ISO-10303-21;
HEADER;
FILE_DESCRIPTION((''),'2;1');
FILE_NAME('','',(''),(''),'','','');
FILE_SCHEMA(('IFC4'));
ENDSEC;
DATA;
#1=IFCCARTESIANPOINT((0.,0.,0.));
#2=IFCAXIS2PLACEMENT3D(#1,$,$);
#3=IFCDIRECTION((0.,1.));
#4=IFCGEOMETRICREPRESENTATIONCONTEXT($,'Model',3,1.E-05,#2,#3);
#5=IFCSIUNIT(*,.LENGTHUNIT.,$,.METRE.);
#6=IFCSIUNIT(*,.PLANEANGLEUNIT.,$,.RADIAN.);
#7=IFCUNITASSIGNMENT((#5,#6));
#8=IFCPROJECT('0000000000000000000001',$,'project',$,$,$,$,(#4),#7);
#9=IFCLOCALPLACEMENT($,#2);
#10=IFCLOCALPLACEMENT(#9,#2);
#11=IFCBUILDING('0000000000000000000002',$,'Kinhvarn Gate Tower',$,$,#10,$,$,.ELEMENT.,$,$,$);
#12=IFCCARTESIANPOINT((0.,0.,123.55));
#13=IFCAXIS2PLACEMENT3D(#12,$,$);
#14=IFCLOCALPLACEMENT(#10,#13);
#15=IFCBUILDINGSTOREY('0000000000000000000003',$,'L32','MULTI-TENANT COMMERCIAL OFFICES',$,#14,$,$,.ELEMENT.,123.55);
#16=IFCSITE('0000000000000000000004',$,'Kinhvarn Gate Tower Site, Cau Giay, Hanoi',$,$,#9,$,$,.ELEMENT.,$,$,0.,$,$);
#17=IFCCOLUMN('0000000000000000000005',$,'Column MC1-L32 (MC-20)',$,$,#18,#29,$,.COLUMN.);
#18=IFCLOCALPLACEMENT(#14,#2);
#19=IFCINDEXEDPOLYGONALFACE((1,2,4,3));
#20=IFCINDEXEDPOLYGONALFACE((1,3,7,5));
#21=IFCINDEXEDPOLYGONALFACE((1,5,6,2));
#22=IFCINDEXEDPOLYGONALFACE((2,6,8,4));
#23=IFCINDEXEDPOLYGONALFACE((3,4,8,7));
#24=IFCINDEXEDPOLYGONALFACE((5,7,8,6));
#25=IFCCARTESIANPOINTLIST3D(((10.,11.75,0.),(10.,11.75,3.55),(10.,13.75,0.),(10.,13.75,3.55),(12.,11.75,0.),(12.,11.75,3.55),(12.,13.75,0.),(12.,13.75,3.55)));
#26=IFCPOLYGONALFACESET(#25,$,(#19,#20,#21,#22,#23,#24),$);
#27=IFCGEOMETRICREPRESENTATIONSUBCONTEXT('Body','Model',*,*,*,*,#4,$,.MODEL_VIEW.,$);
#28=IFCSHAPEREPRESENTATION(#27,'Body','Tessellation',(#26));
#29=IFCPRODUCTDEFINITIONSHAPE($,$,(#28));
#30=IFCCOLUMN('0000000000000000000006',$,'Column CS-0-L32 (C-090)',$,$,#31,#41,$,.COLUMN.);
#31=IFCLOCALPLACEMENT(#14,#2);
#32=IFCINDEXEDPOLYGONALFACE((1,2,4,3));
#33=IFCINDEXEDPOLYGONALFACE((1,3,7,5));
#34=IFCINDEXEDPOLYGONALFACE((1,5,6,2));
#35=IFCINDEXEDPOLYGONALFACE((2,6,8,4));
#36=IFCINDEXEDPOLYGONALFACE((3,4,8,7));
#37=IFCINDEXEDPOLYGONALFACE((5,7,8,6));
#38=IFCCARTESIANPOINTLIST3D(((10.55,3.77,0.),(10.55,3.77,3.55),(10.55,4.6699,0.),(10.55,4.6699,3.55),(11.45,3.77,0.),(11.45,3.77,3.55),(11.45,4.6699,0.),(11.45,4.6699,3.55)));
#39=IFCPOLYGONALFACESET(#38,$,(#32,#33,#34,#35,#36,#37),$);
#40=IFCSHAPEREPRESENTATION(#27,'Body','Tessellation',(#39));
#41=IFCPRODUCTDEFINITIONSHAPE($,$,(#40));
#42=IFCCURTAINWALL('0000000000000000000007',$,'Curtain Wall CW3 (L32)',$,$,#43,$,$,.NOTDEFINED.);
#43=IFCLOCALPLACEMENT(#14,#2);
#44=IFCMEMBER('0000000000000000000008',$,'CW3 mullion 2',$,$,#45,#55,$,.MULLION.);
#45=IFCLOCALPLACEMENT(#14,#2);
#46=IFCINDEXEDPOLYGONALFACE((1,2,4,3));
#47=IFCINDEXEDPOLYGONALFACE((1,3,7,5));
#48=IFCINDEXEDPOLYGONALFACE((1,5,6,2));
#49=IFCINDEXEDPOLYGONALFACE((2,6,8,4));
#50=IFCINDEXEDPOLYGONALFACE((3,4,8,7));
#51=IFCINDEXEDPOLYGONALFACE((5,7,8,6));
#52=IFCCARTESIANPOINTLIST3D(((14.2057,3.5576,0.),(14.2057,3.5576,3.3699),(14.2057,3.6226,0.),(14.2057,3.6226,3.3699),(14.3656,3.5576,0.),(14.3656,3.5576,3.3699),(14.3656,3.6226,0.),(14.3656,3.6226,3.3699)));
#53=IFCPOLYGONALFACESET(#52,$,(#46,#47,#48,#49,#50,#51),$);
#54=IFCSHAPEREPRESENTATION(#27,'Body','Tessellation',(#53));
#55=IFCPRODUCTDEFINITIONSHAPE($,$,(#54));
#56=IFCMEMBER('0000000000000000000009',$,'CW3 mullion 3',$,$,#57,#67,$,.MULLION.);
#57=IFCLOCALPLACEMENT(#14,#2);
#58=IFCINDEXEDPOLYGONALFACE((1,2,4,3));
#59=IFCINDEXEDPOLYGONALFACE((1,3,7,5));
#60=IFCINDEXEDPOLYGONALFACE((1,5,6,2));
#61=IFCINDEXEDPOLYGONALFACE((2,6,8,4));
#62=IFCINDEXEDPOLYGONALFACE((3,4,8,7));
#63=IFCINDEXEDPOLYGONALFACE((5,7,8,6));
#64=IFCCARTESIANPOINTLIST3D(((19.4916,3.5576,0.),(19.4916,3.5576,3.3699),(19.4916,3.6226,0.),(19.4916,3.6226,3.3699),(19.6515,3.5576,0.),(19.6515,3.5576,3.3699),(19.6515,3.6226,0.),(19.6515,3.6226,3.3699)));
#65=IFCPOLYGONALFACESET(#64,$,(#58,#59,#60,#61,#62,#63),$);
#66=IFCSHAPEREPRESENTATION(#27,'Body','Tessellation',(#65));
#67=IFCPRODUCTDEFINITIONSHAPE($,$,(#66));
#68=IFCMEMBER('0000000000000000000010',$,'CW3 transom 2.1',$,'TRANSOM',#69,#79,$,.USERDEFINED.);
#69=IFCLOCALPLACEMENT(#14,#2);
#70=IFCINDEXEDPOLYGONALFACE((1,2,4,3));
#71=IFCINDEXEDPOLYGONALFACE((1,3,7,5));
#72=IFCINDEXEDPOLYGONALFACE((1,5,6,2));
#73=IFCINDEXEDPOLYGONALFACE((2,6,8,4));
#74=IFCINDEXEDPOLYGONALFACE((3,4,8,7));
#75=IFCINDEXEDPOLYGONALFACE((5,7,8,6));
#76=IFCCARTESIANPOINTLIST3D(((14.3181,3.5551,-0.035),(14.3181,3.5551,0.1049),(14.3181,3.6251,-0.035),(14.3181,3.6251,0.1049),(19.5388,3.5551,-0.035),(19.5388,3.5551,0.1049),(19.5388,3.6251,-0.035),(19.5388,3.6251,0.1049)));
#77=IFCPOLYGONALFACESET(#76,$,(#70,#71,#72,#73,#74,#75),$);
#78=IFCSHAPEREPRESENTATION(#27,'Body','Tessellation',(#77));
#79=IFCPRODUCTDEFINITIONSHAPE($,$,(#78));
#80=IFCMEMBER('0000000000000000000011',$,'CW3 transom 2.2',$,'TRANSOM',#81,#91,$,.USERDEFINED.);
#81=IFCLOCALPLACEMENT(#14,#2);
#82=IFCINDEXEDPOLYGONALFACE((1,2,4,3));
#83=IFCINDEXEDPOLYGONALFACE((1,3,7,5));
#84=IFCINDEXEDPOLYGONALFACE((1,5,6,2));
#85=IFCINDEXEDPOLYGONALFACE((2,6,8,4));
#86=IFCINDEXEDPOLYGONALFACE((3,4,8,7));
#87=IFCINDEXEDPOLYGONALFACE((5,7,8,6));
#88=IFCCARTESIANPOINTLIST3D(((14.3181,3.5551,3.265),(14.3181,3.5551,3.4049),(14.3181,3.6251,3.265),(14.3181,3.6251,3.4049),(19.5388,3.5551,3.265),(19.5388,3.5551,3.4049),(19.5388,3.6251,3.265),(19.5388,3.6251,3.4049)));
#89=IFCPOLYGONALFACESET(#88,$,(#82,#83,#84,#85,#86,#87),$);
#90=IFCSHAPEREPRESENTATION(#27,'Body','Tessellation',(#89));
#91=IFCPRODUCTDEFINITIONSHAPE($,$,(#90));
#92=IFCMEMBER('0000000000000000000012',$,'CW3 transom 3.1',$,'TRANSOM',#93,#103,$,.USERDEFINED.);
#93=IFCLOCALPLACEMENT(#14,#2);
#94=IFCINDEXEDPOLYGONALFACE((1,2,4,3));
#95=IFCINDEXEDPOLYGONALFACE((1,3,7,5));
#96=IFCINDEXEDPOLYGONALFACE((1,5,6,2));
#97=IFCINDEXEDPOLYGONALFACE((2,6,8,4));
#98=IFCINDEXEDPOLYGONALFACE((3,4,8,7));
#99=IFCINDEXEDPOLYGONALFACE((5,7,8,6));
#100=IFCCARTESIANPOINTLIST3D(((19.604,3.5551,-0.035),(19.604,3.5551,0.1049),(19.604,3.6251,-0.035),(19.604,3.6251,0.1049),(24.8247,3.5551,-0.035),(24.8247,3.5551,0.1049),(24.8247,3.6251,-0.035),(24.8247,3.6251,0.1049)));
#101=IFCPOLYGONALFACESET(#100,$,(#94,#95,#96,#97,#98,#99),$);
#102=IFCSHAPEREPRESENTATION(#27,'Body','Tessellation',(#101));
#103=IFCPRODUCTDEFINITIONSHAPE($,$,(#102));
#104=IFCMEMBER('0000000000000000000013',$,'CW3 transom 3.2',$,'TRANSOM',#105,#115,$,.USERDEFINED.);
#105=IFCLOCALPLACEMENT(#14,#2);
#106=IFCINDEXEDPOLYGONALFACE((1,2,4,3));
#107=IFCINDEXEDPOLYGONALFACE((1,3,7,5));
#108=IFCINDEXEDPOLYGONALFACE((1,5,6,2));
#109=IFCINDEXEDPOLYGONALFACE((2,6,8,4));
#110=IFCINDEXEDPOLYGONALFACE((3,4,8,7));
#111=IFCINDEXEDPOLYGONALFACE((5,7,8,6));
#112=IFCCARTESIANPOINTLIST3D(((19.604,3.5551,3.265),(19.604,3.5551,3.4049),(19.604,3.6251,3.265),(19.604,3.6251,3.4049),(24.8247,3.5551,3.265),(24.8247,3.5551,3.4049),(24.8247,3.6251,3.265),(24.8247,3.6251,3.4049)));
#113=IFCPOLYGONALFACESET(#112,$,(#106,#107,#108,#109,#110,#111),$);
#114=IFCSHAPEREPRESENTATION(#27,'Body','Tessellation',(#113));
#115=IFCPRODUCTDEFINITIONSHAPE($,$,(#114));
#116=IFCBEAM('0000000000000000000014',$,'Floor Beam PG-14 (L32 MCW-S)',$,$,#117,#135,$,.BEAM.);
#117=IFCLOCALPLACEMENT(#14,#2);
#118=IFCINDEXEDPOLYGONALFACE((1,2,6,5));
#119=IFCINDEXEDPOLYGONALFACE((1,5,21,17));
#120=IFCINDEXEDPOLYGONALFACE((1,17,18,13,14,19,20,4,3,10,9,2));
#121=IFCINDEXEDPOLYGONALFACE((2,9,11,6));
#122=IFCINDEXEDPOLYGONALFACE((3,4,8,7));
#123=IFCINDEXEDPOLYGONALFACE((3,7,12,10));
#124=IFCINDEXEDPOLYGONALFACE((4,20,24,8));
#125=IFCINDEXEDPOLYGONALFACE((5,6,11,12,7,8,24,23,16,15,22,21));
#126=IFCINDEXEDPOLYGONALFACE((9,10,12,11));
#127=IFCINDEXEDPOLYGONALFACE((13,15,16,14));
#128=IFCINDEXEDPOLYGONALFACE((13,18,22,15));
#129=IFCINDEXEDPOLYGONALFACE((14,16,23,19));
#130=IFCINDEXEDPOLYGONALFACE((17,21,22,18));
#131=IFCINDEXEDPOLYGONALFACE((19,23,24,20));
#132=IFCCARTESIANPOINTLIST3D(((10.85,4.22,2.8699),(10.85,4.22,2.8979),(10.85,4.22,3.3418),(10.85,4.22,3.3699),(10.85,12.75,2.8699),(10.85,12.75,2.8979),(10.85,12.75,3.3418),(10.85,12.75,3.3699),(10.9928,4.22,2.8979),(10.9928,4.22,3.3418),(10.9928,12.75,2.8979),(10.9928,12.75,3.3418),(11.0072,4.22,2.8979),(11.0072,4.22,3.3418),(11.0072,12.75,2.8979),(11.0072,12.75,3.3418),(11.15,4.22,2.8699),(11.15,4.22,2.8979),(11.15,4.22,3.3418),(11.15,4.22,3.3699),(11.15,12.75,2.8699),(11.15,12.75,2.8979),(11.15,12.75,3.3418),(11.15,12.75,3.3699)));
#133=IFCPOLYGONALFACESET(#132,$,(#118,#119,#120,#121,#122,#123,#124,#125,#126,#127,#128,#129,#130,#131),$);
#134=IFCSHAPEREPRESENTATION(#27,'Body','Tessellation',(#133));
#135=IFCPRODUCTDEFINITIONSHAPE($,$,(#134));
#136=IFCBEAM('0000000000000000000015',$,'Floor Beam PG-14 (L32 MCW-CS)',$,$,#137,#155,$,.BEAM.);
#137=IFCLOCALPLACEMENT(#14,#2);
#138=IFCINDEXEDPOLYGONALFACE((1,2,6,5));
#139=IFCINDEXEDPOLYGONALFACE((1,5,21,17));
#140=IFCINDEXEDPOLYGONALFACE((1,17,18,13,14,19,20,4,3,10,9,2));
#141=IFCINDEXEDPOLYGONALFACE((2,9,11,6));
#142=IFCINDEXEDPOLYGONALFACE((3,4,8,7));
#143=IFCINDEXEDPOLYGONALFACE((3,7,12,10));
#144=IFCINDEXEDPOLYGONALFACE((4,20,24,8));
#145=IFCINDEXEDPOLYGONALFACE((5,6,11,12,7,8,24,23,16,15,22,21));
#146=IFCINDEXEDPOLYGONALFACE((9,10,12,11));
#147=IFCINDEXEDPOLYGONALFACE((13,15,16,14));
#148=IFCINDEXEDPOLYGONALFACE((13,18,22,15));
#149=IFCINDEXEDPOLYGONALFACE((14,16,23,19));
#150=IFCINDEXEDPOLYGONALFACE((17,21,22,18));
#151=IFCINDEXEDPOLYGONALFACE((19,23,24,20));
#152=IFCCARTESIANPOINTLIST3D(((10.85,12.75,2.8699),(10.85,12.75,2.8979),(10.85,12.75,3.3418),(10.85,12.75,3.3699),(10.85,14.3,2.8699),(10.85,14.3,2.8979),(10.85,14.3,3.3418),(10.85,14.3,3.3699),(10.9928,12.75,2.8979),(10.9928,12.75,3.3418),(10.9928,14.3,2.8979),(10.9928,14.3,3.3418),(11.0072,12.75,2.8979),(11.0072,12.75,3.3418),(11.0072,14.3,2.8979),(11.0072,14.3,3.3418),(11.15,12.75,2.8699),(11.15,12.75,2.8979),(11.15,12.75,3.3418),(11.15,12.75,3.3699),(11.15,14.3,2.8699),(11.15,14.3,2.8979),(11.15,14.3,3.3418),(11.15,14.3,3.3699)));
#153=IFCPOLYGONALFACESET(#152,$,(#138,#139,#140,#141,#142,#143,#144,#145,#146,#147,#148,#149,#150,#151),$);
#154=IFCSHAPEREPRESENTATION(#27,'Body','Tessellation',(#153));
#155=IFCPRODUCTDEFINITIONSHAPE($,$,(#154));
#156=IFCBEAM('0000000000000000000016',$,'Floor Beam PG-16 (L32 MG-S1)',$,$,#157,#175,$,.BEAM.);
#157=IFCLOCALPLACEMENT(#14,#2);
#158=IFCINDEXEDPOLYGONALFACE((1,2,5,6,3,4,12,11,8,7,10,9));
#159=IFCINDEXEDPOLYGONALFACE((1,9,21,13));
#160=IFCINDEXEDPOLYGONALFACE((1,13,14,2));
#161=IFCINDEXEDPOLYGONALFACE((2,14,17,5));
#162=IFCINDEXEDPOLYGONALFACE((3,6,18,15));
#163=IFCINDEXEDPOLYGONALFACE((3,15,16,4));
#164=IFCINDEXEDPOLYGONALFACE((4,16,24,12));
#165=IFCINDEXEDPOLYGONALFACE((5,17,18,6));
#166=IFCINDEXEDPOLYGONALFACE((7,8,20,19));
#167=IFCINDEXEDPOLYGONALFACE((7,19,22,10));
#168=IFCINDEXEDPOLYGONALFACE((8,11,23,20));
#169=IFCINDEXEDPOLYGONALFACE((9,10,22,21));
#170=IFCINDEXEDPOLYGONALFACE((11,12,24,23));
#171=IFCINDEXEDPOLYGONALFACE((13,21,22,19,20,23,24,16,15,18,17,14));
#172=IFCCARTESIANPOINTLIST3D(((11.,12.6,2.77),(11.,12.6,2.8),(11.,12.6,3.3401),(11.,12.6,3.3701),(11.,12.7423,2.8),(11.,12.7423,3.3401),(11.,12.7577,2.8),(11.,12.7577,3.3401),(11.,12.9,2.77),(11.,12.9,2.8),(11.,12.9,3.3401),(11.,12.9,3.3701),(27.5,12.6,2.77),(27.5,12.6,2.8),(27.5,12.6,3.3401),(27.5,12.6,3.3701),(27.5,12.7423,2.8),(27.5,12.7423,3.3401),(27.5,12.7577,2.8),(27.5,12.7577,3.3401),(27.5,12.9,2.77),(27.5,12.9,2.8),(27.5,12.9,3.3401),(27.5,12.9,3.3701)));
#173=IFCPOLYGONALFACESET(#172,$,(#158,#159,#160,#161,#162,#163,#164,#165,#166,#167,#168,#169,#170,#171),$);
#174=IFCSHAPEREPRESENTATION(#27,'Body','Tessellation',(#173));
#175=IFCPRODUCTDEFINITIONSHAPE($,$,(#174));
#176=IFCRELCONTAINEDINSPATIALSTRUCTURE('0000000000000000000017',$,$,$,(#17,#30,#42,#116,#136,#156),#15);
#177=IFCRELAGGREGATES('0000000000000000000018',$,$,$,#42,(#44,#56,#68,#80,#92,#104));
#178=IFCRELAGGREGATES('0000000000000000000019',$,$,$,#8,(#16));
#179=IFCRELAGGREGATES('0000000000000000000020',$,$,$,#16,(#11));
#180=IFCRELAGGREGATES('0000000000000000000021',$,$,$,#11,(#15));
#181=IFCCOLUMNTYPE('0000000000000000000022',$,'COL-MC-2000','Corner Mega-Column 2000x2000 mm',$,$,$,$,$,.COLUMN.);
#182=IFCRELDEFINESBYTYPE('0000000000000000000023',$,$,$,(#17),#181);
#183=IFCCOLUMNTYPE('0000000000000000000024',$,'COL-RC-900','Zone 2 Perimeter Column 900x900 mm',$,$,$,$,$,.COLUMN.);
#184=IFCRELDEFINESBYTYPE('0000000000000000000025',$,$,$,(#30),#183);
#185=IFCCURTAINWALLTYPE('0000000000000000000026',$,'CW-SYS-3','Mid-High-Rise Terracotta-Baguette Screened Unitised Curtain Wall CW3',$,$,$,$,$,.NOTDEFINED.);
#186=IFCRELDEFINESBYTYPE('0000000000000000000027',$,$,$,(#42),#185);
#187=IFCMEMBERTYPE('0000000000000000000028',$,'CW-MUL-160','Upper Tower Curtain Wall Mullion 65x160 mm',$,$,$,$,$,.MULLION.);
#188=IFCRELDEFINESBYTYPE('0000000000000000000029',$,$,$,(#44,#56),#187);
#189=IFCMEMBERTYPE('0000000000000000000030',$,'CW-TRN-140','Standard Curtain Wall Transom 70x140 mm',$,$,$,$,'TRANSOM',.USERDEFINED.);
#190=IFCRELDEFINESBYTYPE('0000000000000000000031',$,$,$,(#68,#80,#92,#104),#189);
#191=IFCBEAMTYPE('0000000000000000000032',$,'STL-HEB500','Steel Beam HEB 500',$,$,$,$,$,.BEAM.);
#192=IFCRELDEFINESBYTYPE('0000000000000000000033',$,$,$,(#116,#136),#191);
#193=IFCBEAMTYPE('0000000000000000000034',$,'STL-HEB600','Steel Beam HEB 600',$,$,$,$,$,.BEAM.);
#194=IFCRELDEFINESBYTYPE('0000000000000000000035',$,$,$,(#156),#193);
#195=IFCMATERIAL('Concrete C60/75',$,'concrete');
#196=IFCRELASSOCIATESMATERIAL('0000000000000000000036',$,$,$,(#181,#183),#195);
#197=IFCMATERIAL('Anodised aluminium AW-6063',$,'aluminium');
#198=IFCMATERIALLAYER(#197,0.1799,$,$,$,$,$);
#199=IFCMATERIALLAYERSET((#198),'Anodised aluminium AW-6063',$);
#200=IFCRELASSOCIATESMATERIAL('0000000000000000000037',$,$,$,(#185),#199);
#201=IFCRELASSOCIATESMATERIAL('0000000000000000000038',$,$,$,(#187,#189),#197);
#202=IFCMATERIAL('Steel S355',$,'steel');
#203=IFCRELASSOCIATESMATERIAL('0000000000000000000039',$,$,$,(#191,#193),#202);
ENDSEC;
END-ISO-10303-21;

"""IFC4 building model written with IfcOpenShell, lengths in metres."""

from ifc_helpers import new_model, si_unit, direction, frame, origin, origin_2d, place, context, subcontext, project, spatial, rectangle, i_section, extrude, material, layer, layer_set, material_profile, profile_set, type_object, element, aggregate, save


model = new_model("IFC4")

# Units and contexts
model_context = context("Model", 3, precision=1e-05, world=origin(), true_north=direction((0.0, 1.0)))
body_context = subcontext(model_context, "Body", "Model", "MODEL_VIEW")
ifc_project = project(units=[si_unit("LENGTHUNIT", "METRE"), si_unit("PLANEANGLEUNIT", "RADIAN")], contexts=[model_context])

# Site, building, storey
site_placement = place(None, origin())
site = spatial("IfcSite", under=ifc_project, at=site_placement, Name="Kinhvarn Gate Tower Site, Cau Giay, Hanoi", CompositionType="ELEMENT", RefElevation=0.0)
building_placement = place(site_placement, origin())
building = spatial("IfcBuilding", under=site, at=building_placement, Name="Kinhvarn Gate Tower", CompositionType="ELEMENT")
storey_placement = place(building_placement, frame((0.0, 0.0, 123.55)))
storey = spatial("IfcBuildingStorey", under=building, at=storey_placement, Name="L32", Description="MULTI-TENANT COMMERCIAL OFFICES", CompositionType="ELEMENT", Elevation=123.55)

# Columns
ifc_material_1 = material(Name="Concrete C60/75", Category="concrete")
ifc_material_profile_1 = material_profile(ifc_material_1, rectangle(XDim=2.0, YDim=2.0, at=origin_2d()), Name="RC 2000x2000")
ifc_profile_set_1 = profile_set([ifc_material_profile_1], Name="Concrete C60/75")
column_type_1 = type_object("IfcColumnType", Name="COL-MC-2000", Description="Corner Mega-Column 2000x2000 mm", PredefinedType="COLUMN", material=ifc_profile_set_1)
column_1_placement = place(storey_placement, frame((11.0, 12.75, 0.0), z_axis=(0.0, 0.0, 1.0), x_axis=(1.0, 0.0, 0.0)))
element("IfcColumn", 1, at=column_1_placement, inside=storey, type_object=column_type_1, Name="Column MC1-L32 (MC-20)", PredefinedType="COLUMN", context=body_context, shape_type="SweptSolid", body=[
    extrude(rectangle(XDim=2.0, YDim=2.0, at=origin_2d()), origin(), (0.0, 0.0, 1.0), 3.55),
])
ifc_material_profile_2 = material_profile(ifc_material_1, rectangle(XDim=0.8999, YDim=0.8999, at=origin_2d()), Name="RC 900x900")
ifc_profile_set_2 = profile_set([ifc_material_profile_2], Name="Concrete C60/75")
column_type_2 = type_object("IfcColumnType", Name="COL-RC-900", Description="Zone 2 Perimeter Column 900x900 mm", PredefinedType="COLUMN", material=ifc_profile_set_2)
column_2_placement = place(storey_placement, frame((11.0, 4.22, 0.0), z_axis=(0.0, 0.0, 1.0), x_axis=(1.0, 0.0, 0.0)))
element("IfcColumn", 2, at=column_2_placement, inside=storey, type_object=column_type_2, Name="Column CS-0-L32 (C-090)", PredefinedType="COLUMN", context=body_context, shape_type="SweptSolid", body=[
    extrude(rectangle(XDim=0.8999, YDim=0.8999, at=origin_2d()), origin(), (0.0, 0.0, 1.0), 3.55),
])

# Curtain wall, members
ifc_material_2 = material(Name="Anodised aluminium AW-6063", Category="aluminium")
ifc_layer_1 = layer(ifc_material_2, 0.1799)
ifc_layer_set_1 = layer_set([ifc_layer_1], Name="Anodised aluminium AW-6063")
curtain_wall_type = type_object("IfcCurtainWallType", Name="CW-SYS-3", Description="Mid-High-Rise Terracotta-Baguette Screened Unitised Curtain Wall CW3", PredefinedType="NOTDEFINED", material=ifc_layer_set_1)
curtain_wall_placement = place(storey_placement, origin())
curtain_wall = element("IfcCurtainWall", 3, at=curtain_wall_placement, inside=storey, type_object=curtain_wall_type, Name="Curtain Wall CW3 (L32)", PredefinedType="NOTDEFINED")
ifc_material_profile_3 = material_profile(ifc_material_2, rectangle(XDim=0.0649, YDim=0.1599, at=origin_2d()), Name="ALU 65x160")
ifc_profile_set_3 = profile_set([ifc_material_profile_3], Name="Anodised aluminium AW-6063")
member_type_1 = type_object("IfcMemberType", Name="CW-MUL-160", Description="Upper Tower Curtain Wall Mullion 65x160 mm", PredefinedType="MULLION", material=ifc_profile_set_3)
member_1_placement = place(storey_placement, frame((14.2856, 3.5901, 0.0), z_axis=(0.0, 0.0, 1.0), x_axis=(0.0, 1.0, 0.0)))
member_1 = element("IfcMember", 4, at=member_1_placement, type_object=member_type_1, Name="CW3 mullion 2", PredefinedType="MULLION", context=body_context, shape_type="SweptSolid", body=[
    extrude(rectangle(XDim=0.0649, YDim=0.1599, at=origin_2d()), origin(), (0.0, 0.0, 1.0), 3.3699),
])
member_2_placement = place(storey_placement, frame((19.5715, 3.5901, 0.0), z_axis=(0.0, 0.0, 1.0), x_axis=(0.0, 1.0, 0.0)))
member_2 = element("IfcMember", 5, at=member_2_placement, type_object=member_type_1, Name="CW3 mullion 3", PredefinedType="MULLION", context=body_context, shape_type="SweptSolid", body=[
    extrude(rectangle(XDim=0.0649, YDim=0.1599, at=origin_2d()), origin(), (0.0, 0.0, 1.0), 3.3699),
])
ifc_material_profile_4 = material_profile(ifc_material_2, rectangle(XDim=0.0701, YDim=0.1399, at=origin_2d()), Name="ALU 70x140")
ifc_profile_set_4 = profile_set([ifc_material_profile_4], Name="Anodised aluminium AW-6063")
member_type_2 = type_object("IfcMemberType", Name="CW-TRN-140", Description="Standard Curtain Wall Transom 70x140 mm", ElementType="TRANSOM", PredefinedType="USERDEFINED", material=ifc_profile_set_4)
member_3_placement = place(storey_placement, frame((14.3181, 3.5901, 0.0349), z_axis=(1.0, 0.0, 0.0), x_axis=(0.0, 1.0, 0.0)))
member_3 = element("IfcMember", 6, at=member_3_placement, type_object=member_type_2, Name="CW3 transom 2.1", ObjectType="TRANSOM", PredefinedType="USERDEFINED", context=body_context, shape_type="SweptSolid", body=[
    extrude(rectangle(XDim=0.0701, YDim=0.1399, at=origin_2d()), origin(), (0.0, 0.0, 1.0), 5.2207),
])
member_4_placement = place(storey_placement, frame((14.3181, 3.5901, 3.335), z_axis=(1.0, 0.0, 0.0), x_axis=(0.0, 1.0, 0.0)))
member_4 = element("IfcMember", 7, at=member_4_placement, type_object=member_type_2, Name="CW3 transom 2.2", ObjectType="TRANSOM", PredefinedType="USERDEFINED", context=body_context, shape_type="SweptSolid", body=[
    extrude(rectangle(XDim=0.0701, YDim=0.1399, at=origin_2d()), origin(), (0.0, 0.0, 1.0), 5.2207),
])
member_5_placement = place(storey_placement, frame((19.604, 3.5901, 0.0349), z_axis=(1.0, 0.0, 0.0), x_axis=(0.0, 1.0, 0.0)))
member_5 = element("IfcMember", 8, at=member_5_placement, type_object=member_type_2, Name="CW3 transom 3.1", ObjectType="TRANSOM", PredefinedType="USERDEFINED", context=body_context, shape_type="SweptSolid", body=[
    extrude(rectangle(XDim=0.0701, YDim=0.1399, at=origin_2d()), origin(), (0.0, 0.0, 1.0), 5.2207),
])
member_6_placement = place(storey_placement, frame((19.604, 3.5901, 3.335), z_axis=(1.0, 0.0, 0.0), x_axis=(0.0, 1.0, 0.0)))
member_6 = element("IfcMember", 9, at=member_6_placement, type_object=member_type_2, Name="CW3 transom 3.2", ObjectType="TRANSOM", PredefinedType="USERDEFINED", context=body_context, shape_type="SweptSolid", body=[
    extrude(rectangle(XDim=0.0701, YDim=0.1399, at=origin_2d()), origin(), (0.0, 0.0, 1.0), 5.2207),
])

# Beams
ifc_material_3 = material(Name="Steel S355", Category="steel")
ifc_material_profile_5 = material_profile(ifc_material_3, i_section(OverallWidth=0.3, OverallDepth=0.5, WebThickness=0.0144, FlangeThickness=0.0281, at=origin_2d()), Name="HEB 500")
ifc_profile_set_5 = profile_set([ifc_material_profile_5], Name="Steel S355")
beam_type_1 = type_object("IfcBeamType", Name="STL-HEB500", Description="Steel Beam HEB 500", PredefinedType="BEAM", material=ifc_profile_set_5)
beam_1_placement = place(storey_placement, frame((11.0, 4.22, 3.1199), z_axis=(0.0, 1.0, 0.0), x_axis=(-1.0, 0.0, 0.0)))
element("IfcBeam", 10, at=beam_1_placement, inside=storey, type_object=beam_type_1, Name="Floor Beam PG-14 (L32 MCW-S)", PredefinedType="BEAM", context=body_context, shape_type="SweptSolid", body=[
    extrude(i_section(OverallWidth=0.3, OverallDepth=0.5, WebThickness=0.0144, FlangeThickness=0.0281, at=origin_2d()), origin(), (0.0, 0.0, 1.0), 8.53),
])
beam_2_placement = place(storey_placement, frame((11.0, 12.75, 3.1199), z_axis=(0.0, 1.0, 0.0), x_axis=(-1.0, 0.0, 0.0)))
element("IfcBeam", 11, at=beam_2_placement, inside=storey, type_object=beam_type_1, Name="Floor Beam PG-14 (L32 MCW-CS)", PredefinedType="BEAM", context=body_context, shape_type="SweptSolid", body=[
    extrude(i_section(OverallWidth=0.3, OverallDepth=0.5, WebThickness=0.0144, FlangeThickness=0.0281, at=origin_2d()), origin(), (0.0, 0.0, 1.0), 1.55),
])
ifc_material_profile_6 = material_profile(ifc_material_3, i_section(OverallWidth=0.3, OverallDepth=0.6001, WebThickness=0.0154, FlangeThickness=0.03, at=origin_2d()), Name="HEB 600")
ifc_profile_set_6 = profile_set([ifc_material_profile_6], Name="Steel S355")
beam_type_2 = type_object("IfcBeamType", Name="STL-HEB600", Description="Steel Beam HEB 600", PredefinedType="BEAM", material=ifc_profile_set_6)
beam_3_placement = place(storey_placement, frame((11.0, 12.75, 3.0701), z_axis=(1.0, 0.0, 0.0), x_axis=(0.0, 1.0, 0.0)))
element("IfcBeam", 12, at=beam_3_placement, inside=storey, type_object=beam_type_2, Name="Floor Beam PG-16 (L32 MG-S1)", PredefinedType="BEAM", context=body_context, shape_type="SweptSolid", body=[
    extrude(i_section(OverallWidth=0.3, OverallDepth=0.6001, WebThickness=0.0154, FlangeThickness=0.03, at=origin_2d()), origin(), (0.0, 0.0, 1.0), 16.5),
])

aggregate(curtain_wall, [member_1, member_2, member_3, member_4, member_5, member_6])

save(model, "model.ifc")
